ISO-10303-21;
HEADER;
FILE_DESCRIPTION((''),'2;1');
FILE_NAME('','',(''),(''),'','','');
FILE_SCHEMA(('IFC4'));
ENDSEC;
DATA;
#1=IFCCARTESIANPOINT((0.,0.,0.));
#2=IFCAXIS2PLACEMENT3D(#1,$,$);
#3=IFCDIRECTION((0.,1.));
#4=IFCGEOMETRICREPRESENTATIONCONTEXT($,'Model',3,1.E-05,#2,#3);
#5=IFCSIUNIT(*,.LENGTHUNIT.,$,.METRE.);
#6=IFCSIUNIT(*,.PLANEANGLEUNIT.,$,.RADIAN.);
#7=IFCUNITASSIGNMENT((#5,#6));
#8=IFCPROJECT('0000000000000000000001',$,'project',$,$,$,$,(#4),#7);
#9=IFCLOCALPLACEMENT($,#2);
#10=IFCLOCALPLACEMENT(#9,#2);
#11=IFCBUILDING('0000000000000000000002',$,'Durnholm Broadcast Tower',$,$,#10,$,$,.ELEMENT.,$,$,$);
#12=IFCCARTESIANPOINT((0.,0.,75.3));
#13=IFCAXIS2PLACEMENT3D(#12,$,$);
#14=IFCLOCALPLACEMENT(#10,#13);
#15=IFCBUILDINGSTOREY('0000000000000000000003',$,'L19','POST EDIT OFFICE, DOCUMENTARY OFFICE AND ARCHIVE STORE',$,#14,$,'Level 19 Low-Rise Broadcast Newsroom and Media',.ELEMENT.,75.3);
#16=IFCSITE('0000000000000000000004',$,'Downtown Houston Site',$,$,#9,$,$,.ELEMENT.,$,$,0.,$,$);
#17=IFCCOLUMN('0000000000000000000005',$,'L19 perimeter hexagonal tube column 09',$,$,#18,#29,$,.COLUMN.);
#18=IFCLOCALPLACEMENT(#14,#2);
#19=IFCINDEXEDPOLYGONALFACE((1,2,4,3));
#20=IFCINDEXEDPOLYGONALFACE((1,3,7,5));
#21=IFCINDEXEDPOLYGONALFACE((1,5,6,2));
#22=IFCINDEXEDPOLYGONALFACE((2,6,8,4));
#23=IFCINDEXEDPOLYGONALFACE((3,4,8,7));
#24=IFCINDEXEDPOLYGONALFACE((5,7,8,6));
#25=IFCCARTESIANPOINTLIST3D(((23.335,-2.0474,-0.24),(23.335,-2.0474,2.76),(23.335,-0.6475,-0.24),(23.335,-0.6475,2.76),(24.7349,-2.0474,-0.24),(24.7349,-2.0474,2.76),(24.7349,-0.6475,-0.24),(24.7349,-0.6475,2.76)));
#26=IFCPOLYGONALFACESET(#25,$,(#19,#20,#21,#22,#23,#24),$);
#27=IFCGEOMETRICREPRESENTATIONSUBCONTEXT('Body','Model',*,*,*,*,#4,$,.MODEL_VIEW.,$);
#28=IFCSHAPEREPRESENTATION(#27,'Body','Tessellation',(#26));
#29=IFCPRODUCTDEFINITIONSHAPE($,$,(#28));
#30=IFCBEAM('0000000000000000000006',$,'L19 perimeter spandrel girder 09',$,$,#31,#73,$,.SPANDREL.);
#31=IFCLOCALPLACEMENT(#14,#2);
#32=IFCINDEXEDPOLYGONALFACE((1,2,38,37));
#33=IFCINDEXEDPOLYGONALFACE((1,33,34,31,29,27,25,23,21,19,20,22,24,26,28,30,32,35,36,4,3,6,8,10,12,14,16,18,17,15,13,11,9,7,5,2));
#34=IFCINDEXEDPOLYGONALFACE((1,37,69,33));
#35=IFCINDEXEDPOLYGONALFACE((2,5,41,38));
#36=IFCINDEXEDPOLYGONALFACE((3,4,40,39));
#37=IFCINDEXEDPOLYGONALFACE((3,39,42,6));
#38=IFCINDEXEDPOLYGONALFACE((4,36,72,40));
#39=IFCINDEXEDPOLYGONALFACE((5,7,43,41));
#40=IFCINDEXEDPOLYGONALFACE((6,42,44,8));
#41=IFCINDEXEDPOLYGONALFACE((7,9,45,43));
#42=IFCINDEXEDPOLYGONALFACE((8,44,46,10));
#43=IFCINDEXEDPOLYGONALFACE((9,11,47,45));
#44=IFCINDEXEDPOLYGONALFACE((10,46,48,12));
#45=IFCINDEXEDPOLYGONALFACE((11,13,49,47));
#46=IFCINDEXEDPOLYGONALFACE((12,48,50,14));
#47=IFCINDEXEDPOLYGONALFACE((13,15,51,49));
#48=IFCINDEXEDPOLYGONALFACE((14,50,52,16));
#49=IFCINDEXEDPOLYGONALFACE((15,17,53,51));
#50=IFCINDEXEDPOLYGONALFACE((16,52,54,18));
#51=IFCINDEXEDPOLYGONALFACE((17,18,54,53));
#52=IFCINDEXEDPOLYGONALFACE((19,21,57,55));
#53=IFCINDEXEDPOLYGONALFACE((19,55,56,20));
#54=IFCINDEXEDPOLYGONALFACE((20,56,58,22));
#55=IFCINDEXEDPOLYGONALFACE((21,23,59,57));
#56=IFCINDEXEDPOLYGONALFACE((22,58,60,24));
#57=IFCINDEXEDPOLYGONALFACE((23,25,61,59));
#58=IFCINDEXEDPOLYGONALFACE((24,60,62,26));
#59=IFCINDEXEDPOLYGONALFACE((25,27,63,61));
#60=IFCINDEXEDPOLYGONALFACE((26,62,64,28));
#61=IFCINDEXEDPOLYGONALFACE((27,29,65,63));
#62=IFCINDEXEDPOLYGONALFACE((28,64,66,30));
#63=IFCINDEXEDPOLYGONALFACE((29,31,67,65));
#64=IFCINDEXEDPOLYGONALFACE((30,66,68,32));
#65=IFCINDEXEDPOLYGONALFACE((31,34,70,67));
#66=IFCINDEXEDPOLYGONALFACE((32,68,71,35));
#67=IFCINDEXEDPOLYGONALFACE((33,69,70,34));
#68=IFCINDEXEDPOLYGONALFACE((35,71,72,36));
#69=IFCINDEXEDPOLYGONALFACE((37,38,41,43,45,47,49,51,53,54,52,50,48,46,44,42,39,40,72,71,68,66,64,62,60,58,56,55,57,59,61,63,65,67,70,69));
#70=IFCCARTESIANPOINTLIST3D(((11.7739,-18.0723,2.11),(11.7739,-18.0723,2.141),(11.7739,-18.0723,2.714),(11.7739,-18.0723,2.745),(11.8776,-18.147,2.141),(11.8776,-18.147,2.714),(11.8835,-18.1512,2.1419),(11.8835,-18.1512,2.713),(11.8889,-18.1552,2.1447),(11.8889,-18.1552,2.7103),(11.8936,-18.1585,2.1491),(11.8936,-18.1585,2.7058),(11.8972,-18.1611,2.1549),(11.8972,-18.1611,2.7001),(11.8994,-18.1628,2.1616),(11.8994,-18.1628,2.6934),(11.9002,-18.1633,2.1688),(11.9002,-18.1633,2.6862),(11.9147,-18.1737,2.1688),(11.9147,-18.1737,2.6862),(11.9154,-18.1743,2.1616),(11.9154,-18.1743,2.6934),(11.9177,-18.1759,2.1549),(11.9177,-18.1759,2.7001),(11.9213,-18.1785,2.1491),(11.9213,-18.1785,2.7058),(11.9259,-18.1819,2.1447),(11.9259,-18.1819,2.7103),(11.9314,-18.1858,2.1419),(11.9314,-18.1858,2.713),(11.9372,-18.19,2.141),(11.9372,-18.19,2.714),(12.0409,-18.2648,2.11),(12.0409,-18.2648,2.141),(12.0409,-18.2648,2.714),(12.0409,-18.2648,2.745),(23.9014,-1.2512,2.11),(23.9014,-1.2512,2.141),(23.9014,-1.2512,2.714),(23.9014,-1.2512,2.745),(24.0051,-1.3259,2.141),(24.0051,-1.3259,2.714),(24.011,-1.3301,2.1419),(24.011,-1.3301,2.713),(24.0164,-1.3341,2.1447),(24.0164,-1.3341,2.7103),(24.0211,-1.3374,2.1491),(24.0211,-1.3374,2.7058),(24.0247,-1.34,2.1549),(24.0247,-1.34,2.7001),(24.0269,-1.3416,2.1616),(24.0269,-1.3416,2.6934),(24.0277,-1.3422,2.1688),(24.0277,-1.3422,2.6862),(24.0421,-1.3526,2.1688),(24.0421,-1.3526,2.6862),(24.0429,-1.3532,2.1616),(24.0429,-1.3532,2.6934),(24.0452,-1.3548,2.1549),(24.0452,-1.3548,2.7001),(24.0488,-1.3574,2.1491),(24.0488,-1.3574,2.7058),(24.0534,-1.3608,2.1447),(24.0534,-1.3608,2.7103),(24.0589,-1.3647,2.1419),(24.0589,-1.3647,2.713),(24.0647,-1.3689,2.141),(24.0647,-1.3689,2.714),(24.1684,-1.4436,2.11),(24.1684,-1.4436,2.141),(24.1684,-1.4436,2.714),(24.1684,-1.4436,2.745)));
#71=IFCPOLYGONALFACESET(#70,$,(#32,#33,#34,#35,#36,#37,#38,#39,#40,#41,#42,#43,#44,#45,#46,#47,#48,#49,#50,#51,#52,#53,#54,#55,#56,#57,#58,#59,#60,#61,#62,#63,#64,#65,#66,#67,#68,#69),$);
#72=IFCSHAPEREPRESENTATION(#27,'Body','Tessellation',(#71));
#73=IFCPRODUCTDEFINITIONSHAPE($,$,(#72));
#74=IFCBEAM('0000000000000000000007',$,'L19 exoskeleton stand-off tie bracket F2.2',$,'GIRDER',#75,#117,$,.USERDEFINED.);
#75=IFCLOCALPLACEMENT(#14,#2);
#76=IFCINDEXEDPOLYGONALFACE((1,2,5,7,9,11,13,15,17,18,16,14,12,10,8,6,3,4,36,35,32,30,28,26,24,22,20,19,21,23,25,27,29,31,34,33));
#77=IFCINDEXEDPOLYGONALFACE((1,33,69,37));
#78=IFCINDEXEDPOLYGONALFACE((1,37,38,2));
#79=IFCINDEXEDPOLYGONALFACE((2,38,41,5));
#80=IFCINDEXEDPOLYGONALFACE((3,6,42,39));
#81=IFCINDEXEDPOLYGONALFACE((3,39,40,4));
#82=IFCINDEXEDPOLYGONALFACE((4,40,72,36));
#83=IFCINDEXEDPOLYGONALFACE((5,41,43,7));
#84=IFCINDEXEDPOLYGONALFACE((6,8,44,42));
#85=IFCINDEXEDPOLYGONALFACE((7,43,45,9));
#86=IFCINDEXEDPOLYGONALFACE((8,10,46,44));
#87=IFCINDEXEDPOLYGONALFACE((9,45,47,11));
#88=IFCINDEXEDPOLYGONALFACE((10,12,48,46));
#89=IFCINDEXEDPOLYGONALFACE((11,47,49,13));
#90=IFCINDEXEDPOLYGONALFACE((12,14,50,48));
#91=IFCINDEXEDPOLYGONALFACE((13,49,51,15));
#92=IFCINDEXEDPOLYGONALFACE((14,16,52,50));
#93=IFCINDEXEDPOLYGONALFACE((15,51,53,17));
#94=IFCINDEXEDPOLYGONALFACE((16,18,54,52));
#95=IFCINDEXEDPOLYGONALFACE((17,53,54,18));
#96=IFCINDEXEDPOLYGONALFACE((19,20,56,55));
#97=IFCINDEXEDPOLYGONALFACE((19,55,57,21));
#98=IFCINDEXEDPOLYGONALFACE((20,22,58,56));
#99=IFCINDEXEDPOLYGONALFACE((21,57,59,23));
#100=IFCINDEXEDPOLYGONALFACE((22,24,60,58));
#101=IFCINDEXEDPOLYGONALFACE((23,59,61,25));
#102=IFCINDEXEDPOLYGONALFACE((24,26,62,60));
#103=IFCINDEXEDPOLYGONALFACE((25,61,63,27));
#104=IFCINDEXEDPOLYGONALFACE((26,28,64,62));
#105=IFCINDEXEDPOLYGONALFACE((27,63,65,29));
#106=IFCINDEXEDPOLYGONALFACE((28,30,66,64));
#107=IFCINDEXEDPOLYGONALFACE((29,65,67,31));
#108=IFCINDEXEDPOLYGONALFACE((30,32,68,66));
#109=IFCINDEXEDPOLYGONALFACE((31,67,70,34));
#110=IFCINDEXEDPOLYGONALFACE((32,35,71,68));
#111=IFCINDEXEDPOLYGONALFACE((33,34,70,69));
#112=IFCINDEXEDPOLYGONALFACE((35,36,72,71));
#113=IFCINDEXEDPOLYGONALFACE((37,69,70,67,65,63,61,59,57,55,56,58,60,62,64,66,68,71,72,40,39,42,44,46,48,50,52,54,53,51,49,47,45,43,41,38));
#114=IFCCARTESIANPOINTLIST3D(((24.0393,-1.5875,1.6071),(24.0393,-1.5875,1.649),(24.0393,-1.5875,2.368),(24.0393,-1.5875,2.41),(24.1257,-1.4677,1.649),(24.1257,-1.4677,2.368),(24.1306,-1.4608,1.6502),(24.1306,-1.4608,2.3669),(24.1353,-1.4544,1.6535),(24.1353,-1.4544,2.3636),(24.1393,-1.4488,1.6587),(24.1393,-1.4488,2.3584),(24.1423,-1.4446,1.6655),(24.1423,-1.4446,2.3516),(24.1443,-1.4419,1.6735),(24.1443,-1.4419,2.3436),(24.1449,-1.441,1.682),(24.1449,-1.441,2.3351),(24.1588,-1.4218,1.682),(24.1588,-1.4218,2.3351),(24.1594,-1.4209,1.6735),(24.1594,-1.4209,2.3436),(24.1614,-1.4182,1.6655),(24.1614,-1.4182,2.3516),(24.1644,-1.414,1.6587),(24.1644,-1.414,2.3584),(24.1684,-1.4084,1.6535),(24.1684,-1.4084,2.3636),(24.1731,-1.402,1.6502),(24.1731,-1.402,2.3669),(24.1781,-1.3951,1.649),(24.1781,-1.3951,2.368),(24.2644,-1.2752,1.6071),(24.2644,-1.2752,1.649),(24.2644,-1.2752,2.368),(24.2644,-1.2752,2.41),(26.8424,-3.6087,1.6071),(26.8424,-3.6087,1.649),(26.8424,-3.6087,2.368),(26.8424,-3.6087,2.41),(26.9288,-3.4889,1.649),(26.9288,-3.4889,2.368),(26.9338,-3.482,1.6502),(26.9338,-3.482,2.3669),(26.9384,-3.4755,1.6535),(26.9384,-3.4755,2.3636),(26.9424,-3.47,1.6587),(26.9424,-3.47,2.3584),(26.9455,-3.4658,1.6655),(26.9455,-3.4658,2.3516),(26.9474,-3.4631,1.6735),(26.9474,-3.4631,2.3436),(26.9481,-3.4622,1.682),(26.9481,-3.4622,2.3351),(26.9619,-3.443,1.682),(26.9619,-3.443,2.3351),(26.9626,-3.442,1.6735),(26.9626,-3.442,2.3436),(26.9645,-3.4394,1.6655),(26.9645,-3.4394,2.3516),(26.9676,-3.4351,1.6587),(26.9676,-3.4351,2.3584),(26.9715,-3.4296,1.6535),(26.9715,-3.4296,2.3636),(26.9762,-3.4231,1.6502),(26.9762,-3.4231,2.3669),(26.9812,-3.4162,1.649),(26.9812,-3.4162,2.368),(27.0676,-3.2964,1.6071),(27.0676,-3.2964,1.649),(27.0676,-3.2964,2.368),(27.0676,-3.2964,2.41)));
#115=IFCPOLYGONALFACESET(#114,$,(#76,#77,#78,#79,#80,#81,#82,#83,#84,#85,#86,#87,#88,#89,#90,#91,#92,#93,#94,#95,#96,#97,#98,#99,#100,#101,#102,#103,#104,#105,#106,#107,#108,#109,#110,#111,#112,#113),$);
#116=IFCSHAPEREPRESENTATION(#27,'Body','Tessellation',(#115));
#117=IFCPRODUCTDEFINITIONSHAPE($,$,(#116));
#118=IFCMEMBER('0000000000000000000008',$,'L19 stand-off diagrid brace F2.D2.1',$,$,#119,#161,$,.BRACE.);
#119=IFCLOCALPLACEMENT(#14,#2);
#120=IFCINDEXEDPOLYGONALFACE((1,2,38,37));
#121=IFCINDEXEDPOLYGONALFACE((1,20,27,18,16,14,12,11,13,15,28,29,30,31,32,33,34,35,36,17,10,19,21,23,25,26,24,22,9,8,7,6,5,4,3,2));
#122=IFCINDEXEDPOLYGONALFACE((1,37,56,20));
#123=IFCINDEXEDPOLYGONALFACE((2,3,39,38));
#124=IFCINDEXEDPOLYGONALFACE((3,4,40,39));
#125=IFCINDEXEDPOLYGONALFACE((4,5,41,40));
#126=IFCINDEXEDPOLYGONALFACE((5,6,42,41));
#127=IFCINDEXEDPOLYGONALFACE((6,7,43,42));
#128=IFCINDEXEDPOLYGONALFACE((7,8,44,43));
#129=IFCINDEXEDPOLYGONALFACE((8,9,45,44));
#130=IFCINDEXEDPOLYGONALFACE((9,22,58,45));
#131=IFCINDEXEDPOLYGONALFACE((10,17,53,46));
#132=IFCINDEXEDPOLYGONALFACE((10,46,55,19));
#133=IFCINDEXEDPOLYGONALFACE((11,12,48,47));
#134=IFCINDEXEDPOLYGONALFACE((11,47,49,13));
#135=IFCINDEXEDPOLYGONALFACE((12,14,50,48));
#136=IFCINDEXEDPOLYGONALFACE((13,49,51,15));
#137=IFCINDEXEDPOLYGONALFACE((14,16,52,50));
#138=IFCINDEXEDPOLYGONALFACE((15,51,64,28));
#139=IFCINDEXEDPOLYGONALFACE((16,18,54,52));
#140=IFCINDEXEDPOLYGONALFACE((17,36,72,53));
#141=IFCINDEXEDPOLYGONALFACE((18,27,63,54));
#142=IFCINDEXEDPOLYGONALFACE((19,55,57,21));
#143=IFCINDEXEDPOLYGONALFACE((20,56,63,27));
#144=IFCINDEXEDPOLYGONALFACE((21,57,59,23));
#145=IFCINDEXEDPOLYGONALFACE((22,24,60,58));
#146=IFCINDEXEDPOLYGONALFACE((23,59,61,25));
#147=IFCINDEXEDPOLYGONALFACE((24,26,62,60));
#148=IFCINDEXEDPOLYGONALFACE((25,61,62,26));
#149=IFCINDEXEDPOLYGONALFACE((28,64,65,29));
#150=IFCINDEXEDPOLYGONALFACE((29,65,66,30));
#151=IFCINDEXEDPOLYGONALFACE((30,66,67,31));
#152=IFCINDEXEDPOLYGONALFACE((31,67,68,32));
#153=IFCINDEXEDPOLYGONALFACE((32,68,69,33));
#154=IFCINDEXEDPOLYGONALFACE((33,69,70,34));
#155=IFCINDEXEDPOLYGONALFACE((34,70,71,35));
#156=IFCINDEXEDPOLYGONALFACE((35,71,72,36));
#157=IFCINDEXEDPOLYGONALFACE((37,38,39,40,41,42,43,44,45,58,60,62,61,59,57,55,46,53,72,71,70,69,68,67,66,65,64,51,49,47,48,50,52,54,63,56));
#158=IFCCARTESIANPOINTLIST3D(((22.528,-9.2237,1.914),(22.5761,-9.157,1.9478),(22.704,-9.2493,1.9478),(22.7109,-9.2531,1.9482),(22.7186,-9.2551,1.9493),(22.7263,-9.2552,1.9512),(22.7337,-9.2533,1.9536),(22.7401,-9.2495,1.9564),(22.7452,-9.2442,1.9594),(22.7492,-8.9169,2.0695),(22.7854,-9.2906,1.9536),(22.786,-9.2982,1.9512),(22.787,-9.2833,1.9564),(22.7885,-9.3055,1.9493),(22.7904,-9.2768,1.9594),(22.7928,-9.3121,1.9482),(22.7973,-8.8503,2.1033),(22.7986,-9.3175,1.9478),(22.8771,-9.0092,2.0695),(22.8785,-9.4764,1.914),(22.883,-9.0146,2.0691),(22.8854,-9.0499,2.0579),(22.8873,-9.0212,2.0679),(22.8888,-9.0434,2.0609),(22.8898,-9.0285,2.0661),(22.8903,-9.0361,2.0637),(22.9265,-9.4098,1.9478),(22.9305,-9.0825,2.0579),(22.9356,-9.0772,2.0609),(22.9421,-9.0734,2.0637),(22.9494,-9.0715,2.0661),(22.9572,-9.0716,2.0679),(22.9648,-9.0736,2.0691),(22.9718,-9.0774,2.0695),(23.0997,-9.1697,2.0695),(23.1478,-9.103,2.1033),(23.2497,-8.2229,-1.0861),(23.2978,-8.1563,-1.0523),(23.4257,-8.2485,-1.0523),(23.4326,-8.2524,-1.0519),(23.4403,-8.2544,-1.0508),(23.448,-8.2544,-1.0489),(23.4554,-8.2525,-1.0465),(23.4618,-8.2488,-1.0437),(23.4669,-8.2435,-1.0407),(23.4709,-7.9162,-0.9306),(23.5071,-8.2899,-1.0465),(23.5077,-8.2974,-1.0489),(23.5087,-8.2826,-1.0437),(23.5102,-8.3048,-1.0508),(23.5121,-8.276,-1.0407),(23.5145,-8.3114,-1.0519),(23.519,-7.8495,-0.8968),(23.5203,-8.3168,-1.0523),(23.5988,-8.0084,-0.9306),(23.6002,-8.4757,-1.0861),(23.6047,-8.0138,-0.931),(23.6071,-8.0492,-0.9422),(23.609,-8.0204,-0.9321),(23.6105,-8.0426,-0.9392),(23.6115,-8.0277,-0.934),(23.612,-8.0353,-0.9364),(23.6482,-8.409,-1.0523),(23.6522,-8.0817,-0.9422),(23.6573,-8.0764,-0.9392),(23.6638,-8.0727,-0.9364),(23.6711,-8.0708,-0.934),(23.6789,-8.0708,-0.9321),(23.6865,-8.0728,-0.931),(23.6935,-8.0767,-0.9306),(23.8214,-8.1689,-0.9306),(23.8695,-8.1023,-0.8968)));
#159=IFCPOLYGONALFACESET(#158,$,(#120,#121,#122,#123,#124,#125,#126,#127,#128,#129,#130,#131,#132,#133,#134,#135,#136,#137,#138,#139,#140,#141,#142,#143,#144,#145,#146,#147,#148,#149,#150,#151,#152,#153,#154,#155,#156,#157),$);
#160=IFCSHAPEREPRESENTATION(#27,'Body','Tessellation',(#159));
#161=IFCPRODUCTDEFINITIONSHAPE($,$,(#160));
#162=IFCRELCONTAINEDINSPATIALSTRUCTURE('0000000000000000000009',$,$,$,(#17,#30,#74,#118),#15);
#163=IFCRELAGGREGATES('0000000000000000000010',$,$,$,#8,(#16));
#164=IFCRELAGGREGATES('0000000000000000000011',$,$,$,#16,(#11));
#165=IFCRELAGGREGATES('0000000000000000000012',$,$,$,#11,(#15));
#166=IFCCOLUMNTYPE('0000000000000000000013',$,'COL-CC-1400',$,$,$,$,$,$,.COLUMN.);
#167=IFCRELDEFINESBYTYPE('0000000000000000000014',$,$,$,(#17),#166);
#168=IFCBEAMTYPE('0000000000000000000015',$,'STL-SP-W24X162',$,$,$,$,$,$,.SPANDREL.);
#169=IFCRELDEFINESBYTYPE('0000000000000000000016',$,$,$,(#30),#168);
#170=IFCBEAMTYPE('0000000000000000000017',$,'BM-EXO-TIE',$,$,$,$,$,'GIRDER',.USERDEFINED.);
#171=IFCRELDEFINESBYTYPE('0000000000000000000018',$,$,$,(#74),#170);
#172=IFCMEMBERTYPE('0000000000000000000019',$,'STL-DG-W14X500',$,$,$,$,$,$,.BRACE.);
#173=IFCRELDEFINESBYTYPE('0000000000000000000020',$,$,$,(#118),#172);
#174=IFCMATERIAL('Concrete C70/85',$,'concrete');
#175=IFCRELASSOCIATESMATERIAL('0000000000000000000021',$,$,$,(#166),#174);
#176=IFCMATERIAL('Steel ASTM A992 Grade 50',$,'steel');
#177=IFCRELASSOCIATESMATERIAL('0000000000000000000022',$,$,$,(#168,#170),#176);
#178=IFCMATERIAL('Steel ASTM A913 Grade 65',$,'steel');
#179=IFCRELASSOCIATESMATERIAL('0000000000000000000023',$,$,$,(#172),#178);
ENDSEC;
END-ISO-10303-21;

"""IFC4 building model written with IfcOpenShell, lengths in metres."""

from ifc_helpers import new_model, si_unit, direction, frame, origin, origin_2d, place, context, subcontext, project, spatial, rectangle, i_section, extrude, source, transform, mapped, material, material_profile, profile_set, type_object, type_shapes, element, save


model = new_model("IFC4")

# Units and contexts
model_context = context("Model", 3, precision=1e-05, world=origin(), true_north=direction((0.0, 1.0)))
body_context = subcontext(model_context, "Body", "Model", "MODEL_VIEW")
ifc_project = project(units=[si_unit("LENGTHUNIT", "METRE"), si_unit("PLANEANGLEUNIT", "RADIAN")], contexts=[model_context])

# Site, building, storey
site_placement = place(None, origin())
site = spatial("IfcSite", under=ifc_project, at=site_placement, Name="Downtown Houston Site", CompositionType="ELEMENT", RefElevation=0.0)
building_placement = place(site_placement, origin())
building = spatial("IfcBuilding", under=site, at=building_placement, Name="Durnholm Broadcast Tower", CompositionType="ELEMENT")
storey_placement = place(building_placement, frame((0.0, 0.0, 75.3)))
storey = spatial("IfcBuildingStorey", under=building, at=storey_placement, Name="L19", Description="POST EDIT OFFICE, DOCUMENTARY OFFICE AND ARCHIVE STORE", LongName="Level 19 Low-Rise Broadcast Newsroom and Media", CompositionType="ELEMENT", Elevation=75.3)

# Column
ifc_material_1 = material(Name="Concrete C70/85", Category="concrete")
ifc_material_profile_1 = material_profile(ifc_material_1, rectangle(XDim=1.3999, YDim=1.3999, at=origin_2d()), Name="RC1400X1400")
ifc_profile_set_1 = profile_set([ifc_material_profile_1], Name="Concrete C70/85")
column_type = type_object("IfcColumnType", Name="COL-CC-1400", PredefinedType="COLUMN", material=ifc_profile_set_1)
shared_shape_1 = source(origin(), body_context, "Body", "SweptSolid", [
    extrude(rectangle(XDim=1.3999, YDim=1.3999, at=origin_2d()), origin(), (0.0, 0.0, 1.0), 3.0),
])
type_shapes(column_type, [shared_shape_1])
column_placement = place(storey_placement, frame((24.0349, -1.3474, -0.24), z_axis=(0.0, 0.0, 1.0), x_axis=(1.0, 0.0, 0.0)))
element("IfcColumn", 1, at=column_placement, inside=storey, type_object=column_type, Name="L19 perimeter hexagonal tube column 09", PredefinedType="COLUMN", context=body_context, shape_type="MappedRepresentation", body=[
    mapped(shared_shape_1, transform((0.0, 0.0, 0.0), x_axis=(1.0, 0.0, 0.0), y_axis=(0.0, 1.0, 0.0), z_axis=(0.0, 0.0, 1.0), scale=1.0)),
])

# Beams
ifc_material_2 = material(Name="Steel ASTM A992 Grade 50", Category="steel")
ifc_material_profile_2 = material_profile(ifc_material_2, i_section(OverallWidth=0.3291, OverallDepth=0.635, WebThickness=0.0178, FlangeThickness=0.031, FilletRadius=0.0278, at=origin_2d()), Name="W24X162")
ifc_profile_set_2 = profile_set([ifc_material_profile_2], Name="Steel ASTM A992 Grade 50")
beam_type_1 = type_object("IfcBeamType", Name="STL-SP-W24X162", PredefinedType="SPANDREL", material=ifc_profile_set_2)
shared_shape_2 = source(origin(), body_context, "Body", "SweptSolid", [
    extrude(i_section(OverallWidth=0.3291, OverallDepth=0.635, WebThickness=0.0178, FlangeThickness=0.031, FilletRadius=0.0278, at=origin_2d()), origin(), (0.0, 0.0, 1.0), 20.7371),
])
type_shapes(beam_type_1, [shared_shape_2])
beam_1_placement = place(storey_placement, frame((24.0349, -1.3474, 2.4275), z_axis=(-0.584822, -0.811162, 0.0), x_axis=(0.811162, -0.584822, 0.0)))
element("IfcBeam", 2, at=beam_1_placement, inside=storey, type_object=beam_type_1, Name="L19 perimeter spandrel girder 09", PredefinedType="SPANDREL", context=body_context, shape_type="MappedRepresentation", body=[
    mapped(shared_shape_2, transform((0.0, 0.0, 0.0), x_axis=(1.0, 0.0, 0.0), y_axis=(0.0, 1.0, 0.0), z_axis=(0.0, 0.0, 1.0), scale=1.0)),
])
ifc_material_profile_3 = material_profile(ifc_material_2, i_section(OverallWidth=0.385, OverallDepth=0.803, WebThickness=0.0237, FlangeThickness=0.042, FilletRadius=0.033, at=origin_2d()), Name="W30X261")
ifc_profile_set_3 = profile_set([ifc_material_profile_3], Name="Steel ASTM A992 Grade 50")
beam_type_2 = type_object("IfcBeamType", Name="BM-EXO-TIE", ElementType="GIRDER", PredefinedType="USERDEFINED", material=ifc_profile_set_3)
shared_shape_3 = source(origin(), body_context, "Body", "SweptSolid", [
    extrude(i_section(OverallWidth=0.385, OverallDepth=0.803, WebThickness=0.0237, FlangeThickness=0.042, FilletRadius=0.033, at=origin_2d()), origin(), (0.0, 0.0, 1.0), 3.4558),
])
type_shapes(beam_type_2, [shared_shape_3])
beam_2_placement = place(storey_placement, frame((24.1519, -1.4314, 2.0085), z_axis=(0.811134, -0.584861, 0.0), x_axis=(0.584861, 0.811134, 0.0)))
element("IfcBeam", 3, at=beam_2_placement, inside=storey, type_object=beam_type_2, Name="L19 exoskeleton stand-off tie bracket F2.2", ObjectType="GIRDER", PredefinedType="USERDEFINED", context=body_context, shape_type="MappedRepresentation", body=[
    mapped(shared_shape_3, transform((0.0, 0.0, 0.0), x_axis=(1.0, 0.0, 0.0), y_axis=(0.0, 1.0, 0.0), z_axis=(0.0, 0.0, 1.0), scale=1.0)),
])

# Member
ifc_material_3 = material(Name="Steel ASTM A913 Grade 65", Category="steel")
ifc_material_profile_4 = material_profile(ifc_material_3, i_section(OverallWidth=0.4321, OverallDepth=0.4978, WebThickness=0.0557, FlangeThickness=0.0889, FilletRadius=0.0305, at=origin_2d()), Name="W14X500")
ifc_profile_set_4 = profile_set([ifc_material_profile_4], Name="Steel ASTM A913 Grade 65")
member_type_1 = type_object("IfcMemberType", Name="STL-DG-W14X500", PredefinedType="BRACE", material=ifc_profile_set_4)
shared_shape_4 = source(origin(), body_context, "Body", "SweptSolid", [
    extrude(i_section(OverallWidth=0.4321, OverallDepth=0.4978, WebThickness=0.0557, FlangeThickness=0.0889, FilletRadius=0.0305, at=origin_2d()), origin(), (0.0, 0.0, 1.0), 3.2439),
])
member_1_placement = place(storey_placement, frame((23.5596, -8.1626, -0.9915), z_axis=(-0.222479, -0.308505, 0.924839), x_axis=(0.811091, -0.58492, 0.0)))
element("IfcMember", 4, at=member_1_placement, inside=storey, type_object=member_type_1, Name="L19 stand-off diagrid brace F2.D2.1", PredefinedType="BRACE", context=body_context, shape_type="MappedRepresentation", body=[
    mapped(shared_shape_4, transform((0.0, 0.0, 0.0), x_axis=(1.0, 0.0, 0.0), y_axis=(0.0, 1.0, 0.0), z_axis=(0.0, 0.0, 1.0), scale=1.0)),
])

save(model, "model.ifc")
